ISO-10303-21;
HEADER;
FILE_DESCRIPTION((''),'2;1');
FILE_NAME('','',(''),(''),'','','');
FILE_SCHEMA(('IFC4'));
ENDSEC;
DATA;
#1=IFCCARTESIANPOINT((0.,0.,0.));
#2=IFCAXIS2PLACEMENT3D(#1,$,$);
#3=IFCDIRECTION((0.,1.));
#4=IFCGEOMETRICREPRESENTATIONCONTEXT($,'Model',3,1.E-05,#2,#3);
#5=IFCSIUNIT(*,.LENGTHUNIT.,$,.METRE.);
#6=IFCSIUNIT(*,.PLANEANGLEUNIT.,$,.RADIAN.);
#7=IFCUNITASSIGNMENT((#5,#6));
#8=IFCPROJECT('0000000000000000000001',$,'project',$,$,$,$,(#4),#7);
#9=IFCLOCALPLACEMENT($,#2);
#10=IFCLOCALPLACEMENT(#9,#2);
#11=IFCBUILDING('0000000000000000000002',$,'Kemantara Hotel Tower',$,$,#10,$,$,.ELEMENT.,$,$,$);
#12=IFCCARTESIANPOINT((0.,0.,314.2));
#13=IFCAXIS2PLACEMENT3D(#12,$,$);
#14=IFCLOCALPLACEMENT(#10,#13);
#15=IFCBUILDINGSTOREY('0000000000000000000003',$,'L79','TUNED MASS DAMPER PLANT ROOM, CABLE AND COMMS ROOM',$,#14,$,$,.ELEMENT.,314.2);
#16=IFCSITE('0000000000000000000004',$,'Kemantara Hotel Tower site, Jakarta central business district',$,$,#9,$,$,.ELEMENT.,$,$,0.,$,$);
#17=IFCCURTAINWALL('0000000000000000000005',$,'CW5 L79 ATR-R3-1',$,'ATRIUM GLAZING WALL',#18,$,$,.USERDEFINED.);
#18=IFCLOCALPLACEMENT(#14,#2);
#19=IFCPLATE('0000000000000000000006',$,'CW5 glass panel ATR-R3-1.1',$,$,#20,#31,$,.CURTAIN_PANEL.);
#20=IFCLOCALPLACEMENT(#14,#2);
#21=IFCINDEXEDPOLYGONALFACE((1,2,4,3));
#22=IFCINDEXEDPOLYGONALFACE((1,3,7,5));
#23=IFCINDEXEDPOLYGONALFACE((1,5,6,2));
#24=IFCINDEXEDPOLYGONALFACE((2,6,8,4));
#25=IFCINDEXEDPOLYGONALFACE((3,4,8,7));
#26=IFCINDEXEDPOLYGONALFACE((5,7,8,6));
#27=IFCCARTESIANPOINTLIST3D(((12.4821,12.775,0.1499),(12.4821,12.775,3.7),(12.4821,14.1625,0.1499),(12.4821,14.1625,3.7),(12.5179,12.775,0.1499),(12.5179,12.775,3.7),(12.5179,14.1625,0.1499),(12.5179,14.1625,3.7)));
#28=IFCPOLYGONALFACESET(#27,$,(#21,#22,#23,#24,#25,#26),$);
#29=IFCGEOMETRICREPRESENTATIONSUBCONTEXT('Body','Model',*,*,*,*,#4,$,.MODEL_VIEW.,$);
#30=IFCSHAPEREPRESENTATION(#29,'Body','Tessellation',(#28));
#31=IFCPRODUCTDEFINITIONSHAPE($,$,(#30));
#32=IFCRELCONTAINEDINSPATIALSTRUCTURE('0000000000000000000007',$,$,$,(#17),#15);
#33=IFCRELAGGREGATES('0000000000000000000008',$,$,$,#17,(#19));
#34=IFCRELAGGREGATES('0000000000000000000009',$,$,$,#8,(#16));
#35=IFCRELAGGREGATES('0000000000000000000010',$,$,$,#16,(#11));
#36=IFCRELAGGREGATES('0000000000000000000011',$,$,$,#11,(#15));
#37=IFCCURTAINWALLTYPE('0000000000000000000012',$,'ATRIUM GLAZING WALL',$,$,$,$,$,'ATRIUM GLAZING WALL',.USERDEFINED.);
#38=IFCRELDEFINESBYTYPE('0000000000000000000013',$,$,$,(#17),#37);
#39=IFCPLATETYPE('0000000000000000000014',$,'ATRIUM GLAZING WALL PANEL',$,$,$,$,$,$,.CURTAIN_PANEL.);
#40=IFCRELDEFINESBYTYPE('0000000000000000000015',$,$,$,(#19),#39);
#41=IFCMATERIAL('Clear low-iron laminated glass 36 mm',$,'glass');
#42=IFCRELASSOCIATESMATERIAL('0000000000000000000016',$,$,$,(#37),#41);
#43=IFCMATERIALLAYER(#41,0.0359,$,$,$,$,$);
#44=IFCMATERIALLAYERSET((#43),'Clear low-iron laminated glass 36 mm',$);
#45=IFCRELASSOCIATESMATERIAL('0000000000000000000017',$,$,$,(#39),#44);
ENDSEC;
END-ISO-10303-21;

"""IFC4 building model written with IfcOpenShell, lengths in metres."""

from ifc_helpers import new_model, si_unit, direction, frame, origin, origin_2d, place, context, subcontext, project, spatial, rectangle, extrude, source, transform, mapped, material, layer, layer_set, type_object, element, aggregate, save


model = new_model("IFC4")

# Units and contexts
model_context = context("Model", 3, precision=1e-05, world=origin(), true_north=direction((0.0, 1.0)))
body_context = subcontext(model_context, "Body", "Model", "MODEL_VIEW")
ifc_project = project(units=[si_unit("LENGTHUNIT", "METRE"), si_unit("PLANEANGLEUNIT", "RADIAN")], contexts=[model_context])

# Site, building, storey
site_placement = place(None, origin())
site = spatial("IfcSite", under=ifc_project, at=site_placement, Name="Kemantara Hotel Tower site, Jakarta central business district", CompositionType="ELEMENT", RefElevation=0.0)
building_placement = place(site_placement, origin())
building = spatial("IfcBuilding", under=site, at=building_placement, Name="Kemantara Hotel Tower", CompositionType="ELEMENT")
storey_placement = place(building_placement, frame((0.0, 0.0, 314.2)))
storey = spatial("IfcBuildingStorey", under=building, at=storey_placement, Name="L79", Description="TUNED MASS DAMPER PLANT ROOM, CABLE AND COMMS ROOM", CompositionType="ELEMENT", Elevation=314.2)

# Curtain wall
ifc_material_1 = material(Name="Clear low-iron laminated glass 36 mm", Category="glass")
curtain_wall_type = type_object("IfcCurtainWallType", Name="ATRIUM GLAZING WALL", ElementType="ATRIUM GLAZING WALL", PredefinedType="USERDEFINED", material=ifc_material_1)
curtain_wall_1_placement = place(storey_placement, origin())
curtain_wall_1 = element("IfcCurtainWall", 1, at=curtain_wall_1_placement, inside=storey, type_object=curtain_wall_type, Name="CW5 L79 ATR-R3-1", ObjectType="ATRIUM GLAZING WALL", PredefinedType="USERDEFINED")

# Plate
ifc_layer = layer(ifc_material_1, 0.0359)
ifc_layer_set = layer_set([ifc_layer], Name="Clear low-iron laminated glass 36 mm")
plate_type = type_object("IfcPlateType", Name="ATRIUM GLAZING WALL PANEL", PredefinedType="CURTAIN_PANEL", material=ifc_layer_set)
shared_shape_1 = source(origin(), body_context, "Body", "SweptSolid", [
    extrude(rectangle(XDim=1.3875, YDim=0.0359, at=origin_2d()), origin(), (0.0, 0.0, 1.0), 3.55),
])
plate_1_placement = place(storey_placement, frame((12.5, 13.4688, 0.1499), z_axis=(0.0, 0.0, 1.0), x_axis=(0.0, 1.0, 0.0)))
plate_1 = element("IfcPlate", 2, at=plate_1_placement, type_object=plate_type, Name="CW5 glass panel ATR-R3-1.1", PredefinedType="CURTAIN_PANEL", context=body_context, shape_type="MappedRepresentation", body=[
    mapped(shared_shape_1, transform((0.0, 0.0, 0.0))),
])
aggregate(curtain_wall_1, [plate_1])

save(model, "model.ifc")
